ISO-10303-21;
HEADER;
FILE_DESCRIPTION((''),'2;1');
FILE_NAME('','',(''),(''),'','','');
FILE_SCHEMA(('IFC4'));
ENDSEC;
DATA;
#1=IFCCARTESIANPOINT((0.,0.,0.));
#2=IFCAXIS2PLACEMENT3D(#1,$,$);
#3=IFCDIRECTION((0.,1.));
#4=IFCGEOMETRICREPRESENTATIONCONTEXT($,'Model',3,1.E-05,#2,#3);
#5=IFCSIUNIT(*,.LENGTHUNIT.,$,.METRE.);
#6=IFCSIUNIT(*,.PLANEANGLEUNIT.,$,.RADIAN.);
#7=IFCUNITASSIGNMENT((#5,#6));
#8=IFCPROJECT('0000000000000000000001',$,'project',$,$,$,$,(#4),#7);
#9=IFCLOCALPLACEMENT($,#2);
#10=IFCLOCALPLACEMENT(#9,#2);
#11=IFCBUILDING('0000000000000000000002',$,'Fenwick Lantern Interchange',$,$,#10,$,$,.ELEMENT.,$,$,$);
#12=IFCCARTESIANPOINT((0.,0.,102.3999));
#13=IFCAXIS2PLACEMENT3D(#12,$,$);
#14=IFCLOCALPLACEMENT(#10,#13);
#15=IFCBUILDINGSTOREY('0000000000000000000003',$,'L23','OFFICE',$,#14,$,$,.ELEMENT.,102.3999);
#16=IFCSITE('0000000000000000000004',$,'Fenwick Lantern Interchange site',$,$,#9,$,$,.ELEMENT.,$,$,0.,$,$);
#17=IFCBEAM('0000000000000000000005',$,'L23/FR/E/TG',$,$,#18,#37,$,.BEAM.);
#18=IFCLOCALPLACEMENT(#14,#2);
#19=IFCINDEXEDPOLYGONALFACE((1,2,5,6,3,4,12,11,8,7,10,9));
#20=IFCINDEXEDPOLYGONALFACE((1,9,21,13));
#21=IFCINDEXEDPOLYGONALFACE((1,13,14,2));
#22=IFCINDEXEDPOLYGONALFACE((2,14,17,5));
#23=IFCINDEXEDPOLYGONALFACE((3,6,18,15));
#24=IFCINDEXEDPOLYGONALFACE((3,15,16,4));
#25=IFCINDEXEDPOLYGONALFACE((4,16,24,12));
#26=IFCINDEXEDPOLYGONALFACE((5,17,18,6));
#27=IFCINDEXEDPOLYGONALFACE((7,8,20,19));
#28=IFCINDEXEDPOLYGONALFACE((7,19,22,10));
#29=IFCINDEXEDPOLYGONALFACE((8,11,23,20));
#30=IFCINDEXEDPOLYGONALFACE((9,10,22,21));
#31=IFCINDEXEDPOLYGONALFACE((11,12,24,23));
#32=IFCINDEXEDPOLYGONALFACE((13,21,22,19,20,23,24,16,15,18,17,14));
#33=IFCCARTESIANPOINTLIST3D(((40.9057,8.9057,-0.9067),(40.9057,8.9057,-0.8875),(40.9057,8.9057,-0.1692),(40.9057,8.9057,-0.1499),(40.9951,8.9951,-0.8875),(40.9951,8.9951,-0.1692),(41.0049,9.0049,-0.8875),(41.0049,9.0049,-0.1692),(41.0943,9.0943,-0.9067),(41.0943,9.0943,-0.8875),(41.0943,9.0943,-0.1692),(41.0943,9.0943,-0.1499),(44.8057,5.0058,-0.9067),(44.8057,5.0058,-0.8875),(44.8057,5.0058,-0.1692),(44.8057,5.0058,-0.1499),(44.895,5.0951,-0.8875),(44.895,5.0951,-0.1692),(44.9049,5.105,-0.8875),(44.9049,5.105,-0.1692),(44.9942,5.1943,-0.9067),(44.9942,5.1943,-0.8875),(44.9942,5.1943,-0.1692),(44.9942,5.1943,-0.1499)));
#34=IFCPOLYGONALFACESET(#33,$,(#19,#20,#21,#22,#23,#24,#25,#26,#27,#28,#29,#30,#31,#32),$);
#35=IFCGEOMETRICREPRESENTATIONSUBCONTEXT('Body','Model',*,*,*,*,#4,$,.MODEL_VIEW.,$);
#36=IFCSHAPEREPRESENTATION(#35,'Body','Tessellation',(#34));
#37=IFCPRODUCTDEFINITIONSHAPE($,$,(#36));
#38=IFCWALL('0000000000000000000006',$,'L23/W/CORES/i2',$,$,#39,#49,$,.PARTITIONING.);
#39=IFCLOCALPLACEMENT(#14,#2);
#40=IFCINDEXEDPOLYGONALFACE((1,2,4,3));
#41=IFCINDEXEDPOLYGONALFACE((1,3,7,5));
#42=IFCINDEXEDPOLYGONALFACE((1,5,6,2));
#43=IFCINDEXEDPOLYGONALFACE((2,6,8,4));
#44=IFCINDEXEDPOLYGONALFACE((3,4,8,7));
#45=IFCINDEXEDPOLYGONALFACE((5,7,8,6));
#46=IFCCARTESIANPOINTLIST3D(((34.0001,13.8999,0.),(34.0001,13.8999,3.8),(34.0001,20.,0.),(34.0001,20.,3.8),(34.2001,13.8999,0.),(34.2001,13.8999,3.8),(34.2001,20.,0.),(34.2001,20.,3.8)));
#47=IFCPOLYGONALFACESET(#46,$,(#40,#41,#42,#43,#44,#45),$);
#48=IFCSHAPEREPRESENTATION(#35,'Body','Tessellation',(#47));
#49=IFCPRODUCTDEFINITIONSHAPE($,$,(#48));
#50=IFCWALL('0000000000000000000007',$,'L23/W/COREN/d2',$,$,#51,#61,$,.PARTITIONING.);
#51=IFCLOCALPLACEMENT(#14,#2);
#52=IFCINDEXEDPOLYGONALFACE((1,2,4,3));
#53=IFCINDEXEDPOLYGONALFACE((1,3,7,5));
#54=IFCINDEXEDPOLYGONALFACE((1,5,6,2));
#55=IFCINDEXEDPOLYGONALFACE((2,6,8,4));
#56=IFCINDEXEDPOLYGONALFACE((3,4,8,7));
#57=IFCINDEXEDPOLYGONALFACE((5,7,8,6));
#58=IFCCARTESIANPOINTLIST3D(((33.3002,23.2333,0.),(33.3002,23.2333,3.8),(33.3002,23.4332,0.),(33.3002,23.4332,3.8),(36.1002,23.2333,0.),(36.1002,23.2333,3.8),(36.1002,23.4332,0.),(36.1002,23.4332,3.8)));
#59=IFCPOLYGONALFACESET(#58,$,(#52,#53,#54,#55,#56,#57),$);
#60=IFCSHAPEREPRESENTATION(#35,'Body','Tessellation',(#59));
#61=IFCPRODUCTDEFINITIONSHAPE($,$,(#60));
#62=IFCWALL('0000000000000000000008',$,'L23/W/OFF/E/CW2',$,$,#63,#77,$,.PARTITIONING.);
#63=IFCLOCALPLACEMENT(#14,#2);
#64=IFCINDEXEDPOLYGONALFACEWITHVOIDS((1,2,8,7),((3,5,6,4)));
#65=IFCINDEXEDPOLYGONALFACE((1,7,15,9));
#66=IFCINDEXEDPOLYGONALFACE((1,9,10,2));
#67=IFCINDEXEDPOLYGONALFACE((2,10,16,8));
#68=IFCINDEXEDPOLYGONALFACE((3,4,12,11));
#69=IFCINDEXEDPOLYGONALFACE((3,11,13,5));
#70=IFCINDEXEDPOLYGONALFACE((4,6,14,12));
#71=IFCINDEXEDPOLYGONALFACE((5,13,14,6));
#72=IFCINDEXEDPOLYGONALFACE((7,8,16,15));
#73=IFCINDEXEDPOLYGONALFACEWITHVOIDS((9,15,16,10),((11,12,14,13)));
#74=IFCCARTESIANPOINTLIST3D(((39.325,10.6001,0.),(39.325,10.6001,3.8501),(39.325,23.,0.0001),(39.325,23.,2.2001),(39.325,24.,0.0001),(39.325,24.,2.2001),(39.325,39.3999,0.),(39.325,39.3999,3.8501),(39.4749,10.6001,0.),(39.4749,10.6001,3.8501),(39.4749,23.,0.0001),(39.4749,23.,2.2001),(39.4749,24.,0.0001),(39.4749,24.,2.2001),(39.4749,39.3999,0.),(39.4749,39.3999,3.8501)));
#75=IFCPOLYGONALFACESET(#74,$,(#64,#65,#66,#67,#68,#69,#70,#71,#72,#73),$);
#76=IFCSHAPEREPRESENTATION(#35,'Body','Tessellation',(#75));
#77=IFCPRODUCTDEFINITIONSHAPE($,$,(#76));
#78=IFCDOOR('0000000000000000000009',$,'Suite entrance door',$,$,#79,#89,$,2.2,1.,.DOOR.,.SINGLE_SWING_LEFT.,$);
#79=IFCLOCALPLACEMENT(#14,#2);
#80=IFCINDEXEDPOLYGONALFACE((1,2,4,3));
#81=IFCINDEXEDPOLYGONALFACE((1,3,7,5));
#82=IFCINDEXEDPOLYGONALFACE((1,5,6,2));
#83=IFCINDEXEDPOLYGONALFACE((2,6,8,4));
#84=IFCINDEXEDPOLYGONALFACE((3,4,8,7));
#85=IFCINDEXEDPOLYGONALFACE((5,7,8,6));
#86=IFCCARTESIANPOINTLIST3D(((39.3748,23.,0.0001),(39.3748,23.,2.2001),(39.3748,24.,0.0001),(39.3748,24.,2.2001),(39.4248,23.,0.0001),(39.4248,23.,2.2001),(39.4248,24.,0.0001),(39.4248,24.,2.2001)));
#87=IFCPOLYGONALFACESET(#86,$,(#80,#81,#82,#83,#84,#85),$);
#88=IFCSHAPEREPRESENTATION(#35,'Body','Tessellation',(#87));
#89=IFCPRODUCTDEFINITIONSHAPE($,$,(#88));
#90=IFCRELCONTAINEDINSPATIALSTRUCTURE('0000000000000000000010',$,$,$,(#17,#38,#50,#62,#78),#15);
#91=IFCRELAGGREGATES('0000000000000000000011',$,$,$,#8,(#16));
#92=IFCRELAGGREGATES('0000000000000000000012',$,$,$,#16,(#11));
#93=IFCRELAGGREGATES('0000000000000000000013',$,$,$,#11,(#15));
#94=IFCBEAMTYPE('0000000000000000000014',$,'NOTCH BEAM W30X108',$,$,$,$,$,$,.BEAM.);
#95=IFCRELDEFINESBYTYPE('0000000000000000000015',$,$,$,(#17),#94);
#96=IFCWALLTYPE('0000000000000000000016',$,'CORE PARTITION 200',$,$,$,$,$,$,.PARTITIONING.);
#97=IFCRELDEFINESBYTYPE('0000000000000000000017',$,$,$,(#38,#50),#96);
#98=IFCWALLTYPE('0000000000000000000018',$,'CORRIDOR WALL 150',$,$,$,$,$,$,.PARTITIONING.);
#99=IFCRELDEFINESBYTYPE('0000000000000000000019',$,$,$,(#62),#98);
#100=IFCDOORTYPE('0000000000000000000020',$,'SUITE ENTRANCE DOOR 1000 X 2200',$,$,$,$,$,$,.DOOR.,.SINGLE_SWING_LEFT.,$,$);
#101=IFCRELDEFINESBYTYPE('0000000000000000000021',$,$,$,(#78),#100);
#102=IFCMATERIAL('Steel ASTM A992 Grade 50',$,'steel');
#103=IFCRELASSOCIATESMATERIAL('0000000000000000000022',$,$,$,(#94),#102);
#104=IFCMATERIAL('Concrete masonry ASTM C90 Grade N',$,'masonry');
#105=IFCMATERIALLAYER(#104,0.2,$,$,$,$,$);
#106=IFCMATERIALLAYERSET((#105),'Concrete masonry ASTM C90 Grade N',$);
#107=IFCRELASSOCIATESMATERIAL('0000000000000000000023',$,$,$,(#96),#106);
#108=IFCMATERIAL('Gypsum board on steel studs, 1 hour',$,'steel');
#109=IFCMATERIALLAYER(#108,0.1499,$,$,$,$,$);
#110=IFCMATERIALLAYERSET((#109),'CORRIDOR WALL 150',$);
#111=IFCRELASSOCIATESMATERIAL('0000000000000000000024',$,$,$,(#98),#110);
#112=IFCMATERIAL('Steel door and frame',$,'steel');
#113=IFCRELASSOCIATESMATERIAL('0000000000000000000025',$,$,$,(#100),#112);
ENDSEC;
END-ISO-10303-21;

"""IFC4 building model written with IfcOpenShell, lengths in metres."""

from ifc_helpers import new_model, si_unit, direction, frame, frame_2d, origin, origin_2d, place, context, subcontext, project, spatial, rectangle, i_section, extrude, material, layer, layer_set, material_profile, profile_set, type_object, element, fill, save


model = new_model("IFC4")

# Units and contexts
model_context = context("Model", 3, precision=1e-05, world=origin(), true_north=direction((0.0, 1.0)))
body_context = subcontext(model_context, "Body", "Model", "MODEL_VIEW")
ifc_project = project(units=[si_unit("LENGTHUNIT", "METRE"), si_unit("PLANEANGLEUNIT", "RADIAN")], contexts=[model_context])

# Site, building, storey
site_placement = place(None, origin())
site = spatial("IfcSite", under=ifc_project, at=site_placement, Name="Fenwick Lantern Interchange site", CompositionType="ELEMENT", RefElevation=0.0)
building_placement = place(site_placement, origin())
building = spatial("IfcBuilding", under=site, at=building_placement, Name="Fenwick Lantern Interchange", CompositionType="ELEMENT")
storey_placement = place(building_placement, frame((0.0, 0.0, 102.3999)))
storey = spatial("IfcBuildingStorey", under=building, at=storey_placement, Name="L23", Description="OFFICE", CompositionType="ELEMENT", Elevation=102.3999)

# Beam
ifc_material_1 = material(Name="Steel ASTM A992 Grade 50", Category="steel")
ifc_material_profile_1 = material_profile(ifc_material_1, i_section(OverallWidth=0.2666, OverallDepth=0.7568, WebThickness=0.0139, FlangeThickness=0.0193, at=origin_2d()), Name="W30X108")
ifc_profile_set_1 = profile_set([ifc_material_profile_1], Name="Steel ASTM A992 Grade 50")
beam_type_1 = type_object("IfcBeamType", Name="NOTCH BEAM W30X108", PredefinedType="BEAM", material=ifc_profile_set_1)
beam_1_placement = place(storey_placement, frame((41.0, 9.0, -0.5283), z_axis=(0.707107, -0.707107, 0.0), x_axis=(0.707107, 0.707107, 0.0)))
element("IfcBeam", 1, at=beam_1_placement, inside=storey, type_object=beam_type_1, Name="L23/FR/E/TG", PredefinedType="BEAM", context=body_context, shape_type="SweptSolid", body=[
    extrude(i_section(OverallWidth=0.2666, OverallDepth=0.7568, WebThickness=0.0139, FlangeThickness=0.0193, at=origin_2d()), origin(), (0.0, 0.0, 1.0), 5.5154),
])

# Walls
ifc_material_2 = material(Name="Concrete masonry ASTM C90 Grade N", Category="masonry")
ifc_layer_1 = layer(ifc_material_2, 0.2)
ifc_layer_set_1 = layer_set([ifc_layer_1], Name="Concrete masonry ASTM C90 Grade N")
wall_type_1 = type_object("IfcWallType", Name="CORE PARTITION 200", PredefinedType="PARTITIONING", material=ifc_layer_set_1)
wall_1_placement = place(storey_placement, frame((34.1001, 13.8999, 0.0), z_axis=(0.0, 0.0, 1.0), x_axis=(0.0, 1.0, 0.0)))
element("IfcWall", 2, at=wall_1_placement, inside=storey, type_object=wall_type_1, Name="L23/W/CORES/i2", PredefinedType="PARTITIONING", context=body_context, shape_type="SweptSolid", body=[
    extrude(rectangle(XDim=6.1001, YDim=0.2, at=frame_2d((3.05, 0.0))), origin(), (0.0, 0.0, 1.0), 3.8),
])
wall_2_placement = place(storey_placement, frame((36.1001, 23.3333, 0.0), z_axis=(0.0, 0.0, 1.0), x_axis=(-1.0, 0.0, 0.0)))
element("IfcWall", 3, at=wall_2_placement, inside=storey, type_object=wall_type_1, Name="L23/W/COREN/d2", PredefinedType="PARTITIONING", context=body_context, shape_type="SweptSolid", body=[
    extrude(rectangle(XDim=2.8, YDim=0.2, at=frame_2d((1.3999, 0.0))), origin(), (0.0, 0.0, 1.0), 3.8),
])

# Shared definitions
ifc_material_3 = material(Name="Steel door and frame", Category="steel")

# Wall, opening, door
ifc_material_4 = material(Name="Gypsum board on steel studs, 1 hour", Category="steel")
ifc_layer_2 = layer(ifc_material_4, 0.1499)
ifc_layer_set_2 = layer_set([ifc_layer_2], Name="CORRIDOR WALL 150")
wall_type_2 = type_object("IfcWallType", Name="CORRIDOR WALL 150", PredefinedType="PARTITIONING", material=ifc_layer_set_2)
wall_3_placement = place(storey_placement, frame((39.3999, 10.6001, 0.0), z_axis=(0.0, 0.0, 1.0), x_axis=(0.0, 1.0, 0.0)))
wall_3 = element("IfcWall", 4, at=wall_3_placement, inside=storey, type_object=wall_type_2, Name="L23/W/OFF/E/CW2", PredefinedType="PARTITIONING", context=body_context, shape_type="SweptSolid", body=[
    extrude(rectangle(XDim=28.7998, YDim=0.1499, at=frame_2d((14.3999, 0.0))), origin(), (0.0, 0.0, 1.0), 3.8501),
])
opening_1_placement = place(wall_3_placement, frame((12.3999, 0.0, 0.0)))
opening_1 = element("IfcOpeningElement", 5, at=opening_1_placement, cuts=wall_3, PredefinedType="OPENING", context=body_context, shape_type="SweptSolid", body=[
    extrude(rectangle(XDim=1.0, YDim=2.2, at=frame_2d((0.5, 1.1001))), frame((0.0, 0.085, 0.0), z_axis=(0.0, -1.0, 0.0), x_axis=(1.0, 0.0, 0.0)), (0.0, 0.0, 1.0), 0.1699),
])
door_type_1 = type_object("IfcDoorType", Name="SUITE ENTRANCE DOOR 1000 X 2200", OperationType="SINGLE_SWING_LEFT", PredefinedType="DOOR", material=ifc_material_3)
door_1_placement = place(opening_1_placement, frame((1.0, 0.0, 0.0), z_axis=(0.0, 0.0, 1.0), x_axis=(-1.0, 0.0, 0.0)))
door_1 = element("IfcDoor", 6, at=door_1_placement, inside=storey, type_object=door_type_1, Name="Suite entrance door", OperationType="SINGLE_SWING_LEFT", OverallHeight=2.2, OverallWidth=1.0, PredefinedType="DOOR", context=body_context, shape_type="SweptSolid", body=[
    extrude(rectangle(XDim=1.0, YDim=2.2, at=frame_2d((0.5, 1.1001))), frame((0.0, 0.0249, 0.0), z_axis=(0.0, -1.0, 0.0), x_axis=(1.0, 0.0, 0.0)), (0.0, 0.0, 1.0), 0.05),
])
fill(opening_1, door_1)

save(model, "model.ifc")
